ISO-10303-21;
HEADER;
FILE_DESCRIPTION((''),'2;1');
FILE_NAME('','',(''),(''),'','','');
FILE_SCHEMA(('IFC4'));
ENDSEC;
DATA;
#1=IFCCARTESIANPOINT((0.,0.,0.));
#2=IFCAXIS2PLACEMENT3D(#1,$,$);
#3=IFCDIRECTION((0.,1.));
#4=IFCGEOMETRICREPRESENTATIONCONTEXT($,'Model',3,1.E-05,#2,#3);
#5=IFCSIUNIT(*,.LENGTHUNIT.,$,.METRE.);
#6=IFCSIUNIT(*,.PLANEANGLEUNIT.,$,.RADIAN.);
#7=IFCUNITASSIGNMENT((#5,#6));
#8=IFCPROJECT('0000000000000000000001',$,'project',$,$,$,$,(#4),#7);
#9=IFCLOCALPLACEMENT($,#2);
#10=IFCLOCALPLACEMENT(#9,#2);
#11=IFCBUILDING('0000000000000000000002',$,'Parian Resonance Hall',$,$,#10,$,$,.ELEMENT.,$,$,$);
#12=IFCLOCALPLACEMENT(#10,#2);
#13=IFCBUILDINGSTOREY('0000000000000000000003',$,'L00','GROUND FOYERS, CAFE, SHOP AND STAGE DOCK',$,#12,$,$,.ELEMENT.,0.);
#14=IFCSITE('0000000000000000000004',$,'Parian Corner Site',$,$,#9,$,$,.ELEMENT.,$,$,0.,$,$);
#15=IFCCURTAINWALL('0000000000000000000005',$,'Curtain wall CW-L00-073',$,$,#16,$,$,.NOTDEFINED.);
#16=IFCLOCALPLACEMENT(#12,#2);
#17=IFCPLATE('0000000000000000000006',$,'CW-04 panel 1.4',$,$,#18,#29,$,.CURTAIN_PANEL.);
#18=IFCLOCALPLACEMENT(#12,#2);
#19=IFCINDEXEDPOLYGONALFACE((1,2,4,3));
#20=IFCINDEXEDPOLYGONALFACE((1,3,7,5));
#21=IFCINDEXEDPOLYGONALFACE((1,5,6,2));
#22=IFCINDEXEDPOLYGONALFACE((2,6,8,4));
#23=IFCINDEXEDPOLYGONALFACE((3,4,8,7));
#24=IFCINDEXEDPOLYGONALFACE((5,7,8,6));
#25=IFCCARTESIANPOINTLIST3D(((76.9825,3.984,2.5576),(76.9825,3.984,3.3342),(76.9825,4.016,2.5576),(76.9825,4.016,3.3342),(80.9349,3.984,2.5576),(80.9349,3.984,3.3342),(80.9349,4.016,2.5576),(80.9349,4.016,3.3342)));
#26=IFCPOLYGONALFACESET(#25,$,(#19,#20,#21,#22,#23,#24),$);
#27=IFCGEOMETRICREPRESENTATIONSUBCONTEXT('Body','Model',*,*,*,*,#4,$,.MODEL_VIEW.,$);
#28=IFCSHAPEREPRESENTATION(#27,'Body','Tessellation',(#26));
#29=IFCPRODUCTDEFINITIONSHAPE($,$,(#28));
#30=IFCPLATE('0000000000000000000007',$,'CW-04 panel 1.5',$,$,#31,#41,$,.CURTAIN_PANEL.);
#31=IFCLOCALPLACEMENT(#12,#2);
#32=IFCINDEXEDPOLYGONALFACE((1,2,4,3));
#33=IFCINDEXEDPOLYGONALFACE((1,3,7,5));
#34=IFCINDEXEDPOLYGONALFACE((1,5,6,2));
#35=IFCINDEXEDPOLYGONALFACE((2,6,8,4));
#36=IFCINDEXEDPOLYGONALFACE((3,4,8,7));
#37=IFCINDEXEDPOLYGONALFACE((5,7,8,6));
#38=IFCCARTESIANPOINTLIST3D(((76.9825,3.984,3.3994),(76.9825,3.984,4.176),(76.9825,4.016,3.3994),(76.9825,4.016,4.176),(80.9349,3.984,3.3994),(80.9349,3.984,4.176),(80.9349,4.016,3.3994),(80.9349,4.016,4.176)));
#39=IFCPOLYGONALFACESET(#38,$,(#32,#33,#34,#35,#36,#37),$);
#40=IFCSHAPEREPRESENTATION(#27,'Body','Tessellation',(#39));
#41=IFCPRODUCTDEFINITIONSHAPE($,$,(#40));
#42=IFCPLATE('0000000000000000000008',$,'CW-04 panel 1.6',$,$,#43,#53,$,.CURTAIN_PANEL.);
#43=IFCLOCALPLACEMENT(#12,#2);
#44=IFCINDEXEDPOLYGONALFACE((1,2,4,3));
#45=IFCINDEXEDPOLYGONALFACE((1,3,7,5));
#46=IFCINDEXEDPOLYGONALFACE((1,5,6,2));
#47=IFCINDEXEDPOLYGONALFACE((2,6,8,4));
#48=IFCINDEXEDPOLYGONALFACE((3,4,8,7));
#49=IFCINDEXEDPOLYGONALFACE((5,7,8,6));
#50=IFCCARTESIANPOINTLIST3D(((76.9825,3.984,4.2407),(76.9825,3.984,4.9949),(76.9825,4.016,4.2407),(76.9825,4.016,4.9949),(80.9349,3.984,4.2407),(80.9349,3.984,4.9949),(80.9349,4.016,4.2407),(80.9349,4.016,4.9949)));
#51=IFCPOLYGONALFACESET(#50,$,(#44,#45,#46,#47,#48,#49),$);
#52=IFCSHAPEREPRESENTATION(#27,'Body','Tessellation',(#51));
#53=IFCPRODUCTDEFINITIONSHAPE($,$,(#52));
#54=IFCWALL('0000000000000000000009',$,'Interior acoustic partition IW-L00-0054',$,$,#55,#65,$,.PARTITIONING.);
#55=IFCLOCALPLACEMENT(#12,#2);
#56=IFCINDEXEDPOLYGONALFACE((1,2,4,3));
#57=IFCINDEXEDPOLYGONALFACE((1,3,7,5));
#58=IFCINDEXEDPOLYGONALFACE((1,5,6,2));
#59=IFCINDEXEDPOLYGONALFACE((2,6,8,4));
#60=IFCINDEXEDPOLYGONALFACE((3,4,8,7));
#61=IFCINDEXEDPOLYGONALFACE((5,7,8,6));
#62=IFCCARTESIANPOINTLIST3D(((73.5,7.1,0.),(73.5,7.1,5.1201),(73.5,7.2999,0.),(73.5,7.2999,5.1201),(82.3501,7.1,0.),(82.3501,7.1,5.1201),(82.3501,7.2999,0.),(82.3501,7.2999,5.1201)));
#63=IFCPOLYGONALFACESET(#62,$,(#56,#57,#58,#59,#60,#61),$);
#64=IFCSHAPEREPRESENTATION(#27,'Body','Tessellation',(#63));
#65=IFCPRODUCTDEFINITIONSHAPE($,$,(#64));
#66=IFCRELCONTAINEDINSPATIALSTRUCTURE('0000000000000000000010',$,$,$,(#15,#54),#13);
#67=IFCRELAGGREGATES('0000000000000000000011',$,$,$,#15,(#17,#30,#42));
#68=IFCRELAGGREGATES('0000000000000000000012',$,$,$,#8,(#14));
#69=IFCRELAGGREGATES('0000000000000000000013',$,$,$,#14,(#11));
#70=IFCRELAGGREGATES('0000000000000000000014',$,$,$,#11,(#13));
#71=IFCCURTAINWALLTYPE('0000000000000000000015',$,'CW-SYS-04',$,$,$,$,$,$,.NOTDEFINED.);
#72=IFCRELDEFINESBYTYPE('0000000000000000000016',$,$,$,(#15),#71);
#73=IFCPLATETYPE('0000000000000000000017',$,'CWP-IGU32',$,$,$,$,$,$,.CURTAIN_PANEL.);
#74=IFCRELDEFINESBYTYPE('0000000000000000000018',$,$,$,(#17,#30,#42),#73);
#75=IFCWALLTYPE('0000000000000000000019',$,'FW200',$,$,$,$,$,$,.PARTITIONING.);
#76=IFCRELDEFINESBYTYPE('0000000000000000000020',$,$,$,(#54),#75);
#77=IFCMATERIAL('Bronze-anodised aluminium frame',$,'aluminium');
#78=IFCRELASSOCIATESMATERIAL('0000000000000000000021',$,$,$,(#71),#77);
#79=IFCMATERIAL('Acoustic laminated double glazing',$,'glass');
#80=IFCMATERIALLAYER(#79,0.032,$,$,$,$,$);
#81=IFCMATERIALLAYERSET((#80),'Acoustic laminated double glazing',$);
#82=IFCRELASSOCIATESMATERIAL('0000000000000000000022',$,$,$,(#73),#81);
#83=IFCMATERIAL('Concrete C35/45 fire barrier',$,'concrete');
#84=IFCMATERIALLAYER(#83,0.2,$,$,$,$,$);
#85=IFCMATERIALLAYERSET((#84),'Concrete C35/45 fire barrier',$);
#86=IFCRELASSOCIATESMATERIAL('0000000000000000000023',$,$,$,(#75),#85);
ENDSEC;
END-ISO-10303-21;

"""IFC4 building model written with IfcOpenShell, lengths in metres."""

from ifc_helpers import new_model, si_unit, direction, frame, frame_2d, origin, origin_2d, place, context, subcontext, project, spatial, rectangle, extrude, material, layer, layer_set, type_object, element, aggregate, save


model = new_model("IFC4")

# Units and contexts
model_context = context("Model", 3, precision=1e-05, world=origin(), true_north=direction((0.0, 1.0)))
body_context = subcontext(model_context, "Body", "Model", "MODEL_VIEW")
ifc_project = project(units=[si_unit("LENGTHUNIT", "METRE"), si_unit("PLANEANGLEUNIT", "RADIAN")], contexts=[model_context])

# Site, building, storey
site_placement = place(None, origin())
site = spatial("IfcSite", under=ifc_project, at=site_placement, Name="Parian Corner Site", CompositionType="ELEMENT", RefElevation=0.0)
building_placement = place(site_placement, origin())
building = spatial("IfcBuilding", under=site, at=building_placement, Name="Parian Resonance Hall", CompositionType="ELEMENT")
storey_placement = place(building_placement, origin())
storey = spatial("IfcBuildingStorey", under=building, at=storey_placement, Name="L00", Description="GROUND FOYERS, CAFE, SHOP AND STAGE DOCK", CompositionType="ELEMENT", Elevation=0.0)

# Curtain wall, plates
ifc_material_1 = material(Name="Bronze-anodised aluminium frame", Category="aluminium")
curtain_wall_type = type_object("IfcCurtainWallType", Name="CW-SYS-04", PredefinedType="NOTDEFINED", material=ifc_material_1)
curtain_wall_placement = place(storey_placement, origin())
curtain_wall = element("IfcCurtainWall", 1, at=curtain_wall_placement, inside=storey, type_object=curtain_wall_type, Name="Curtain wall CW-L00-073", PredefinedType="NOTDEFINED")
ifc_material_2 = material(Name="Acoustic laminated double glazing", Category="glass")
ifc_layer_1 = layer(ifc_material_2, 0.032)
ifc_layer_set_1 = layer_set([ifc_layer_1], Name="Acoustic laminated double glazing")
plate_type = type_object("IfcPlateType", Name="CWP-IGU32", PredefinedType="CURTAIN_PANEL", material=ifc_layer_set_1)
plate_1_placement = place(storey_placement, frame((78.9587, 4.0, 2.5576), z_axis=(0.0, 0.0, 1.0), x_axis=(-1.0, 0.0, 0.0)))
plate_1 = element("IfcPlate", 2, at=plate_1_placement, type_object=plate_type, Name="CW-04 panel 1.4", PredefinedType="CURTAIN_PANEL", context=body_context, shape_type="SweptSolid", body=[
    extrude(rectangle(XDim=3.9524, YDim=0.032, at=origin_2d()), origin(), (0.0, 0.0, 1.0), 0.7766),
])
plate_2_placement = place(storey_placement, frame((78.9587, 4.0, 3.3994), z_axis=(0.0, 0.0, 1.0), x_axis=(-1.0, 0.0, 0.0)))
plate_2 = element("IfcPlate", 3, at=plate_2_placement, type_object=plate_type, Name="CW-04 panel 1.5", PredefinedType="CURTAIN_PANEL", context=body_context, shape_type="SweptSolid", body=[
    extrude(rectangle(XDim=3.9524, YDim=0.032, at=origin_2d()), origin(), (0.0, 0.0, 1.0), 0.7766),
])
plate_3_placement = place(storey_placement, frame((78.9587, 4.0, 4.2407), z_axis=(0.0, 0.0, 1.0), x_axis=(-1.0, 0.0, 0.0)))
plate_3 = element("IfcPlate", 4, at=plate_3_placement, type_object=plate_type, Name="CW-04 panel 1.6", PredefinedType="CURTAIN_PANEL", context=body_context, shape_type="SweptSolid", body=[
    extrude(rectangle(XDim=3.9524, YDim=0.032, at=origin_2d()), origin(), (0.0, 0.0, 1.0), 0.7542),
])
aggregate(curtain_wall, [plate_1, plate_2, plate_3])

# Wall
ifc_material_3 = material(Name="Concrete C35/45 fire barrier", Category="concrete")
ifc_layer_2 = layer(ifc_material_3, 0.2)
ifc_layer_set_2 = layer_set([ifc_layer_2], Name="Concrete C35/45 fire barrier")
wall_type_1 = type_object("IfcWallType", Name="FW200", PredefinedType="PARTITIONING", material=ifc_layer_set_2)
wall_1_placement = place(storey_placement, frame((82.3501, 7.2, 0.0), z_axis=(0.0, 0.0, 1.0), x_axis=(-1.0, 0.0, 0.0)))
element("IfcWall", 5, at=wall_1_placement, inside=storey, type_object=wall_type_1, Name="Interior acoustic partition IW-L00-0054", PredefinedType="PARTITIONING", context=body_context, shape_type="SweptSolid", body=[
    extrude(rectangle(XDim=8.8501, YDim=0.2, at=frame_2d((4.425, 0.0))), origin(), (0.0, 0.0, 1.0), 5.1201),
])

save(model, "model.ifc")
